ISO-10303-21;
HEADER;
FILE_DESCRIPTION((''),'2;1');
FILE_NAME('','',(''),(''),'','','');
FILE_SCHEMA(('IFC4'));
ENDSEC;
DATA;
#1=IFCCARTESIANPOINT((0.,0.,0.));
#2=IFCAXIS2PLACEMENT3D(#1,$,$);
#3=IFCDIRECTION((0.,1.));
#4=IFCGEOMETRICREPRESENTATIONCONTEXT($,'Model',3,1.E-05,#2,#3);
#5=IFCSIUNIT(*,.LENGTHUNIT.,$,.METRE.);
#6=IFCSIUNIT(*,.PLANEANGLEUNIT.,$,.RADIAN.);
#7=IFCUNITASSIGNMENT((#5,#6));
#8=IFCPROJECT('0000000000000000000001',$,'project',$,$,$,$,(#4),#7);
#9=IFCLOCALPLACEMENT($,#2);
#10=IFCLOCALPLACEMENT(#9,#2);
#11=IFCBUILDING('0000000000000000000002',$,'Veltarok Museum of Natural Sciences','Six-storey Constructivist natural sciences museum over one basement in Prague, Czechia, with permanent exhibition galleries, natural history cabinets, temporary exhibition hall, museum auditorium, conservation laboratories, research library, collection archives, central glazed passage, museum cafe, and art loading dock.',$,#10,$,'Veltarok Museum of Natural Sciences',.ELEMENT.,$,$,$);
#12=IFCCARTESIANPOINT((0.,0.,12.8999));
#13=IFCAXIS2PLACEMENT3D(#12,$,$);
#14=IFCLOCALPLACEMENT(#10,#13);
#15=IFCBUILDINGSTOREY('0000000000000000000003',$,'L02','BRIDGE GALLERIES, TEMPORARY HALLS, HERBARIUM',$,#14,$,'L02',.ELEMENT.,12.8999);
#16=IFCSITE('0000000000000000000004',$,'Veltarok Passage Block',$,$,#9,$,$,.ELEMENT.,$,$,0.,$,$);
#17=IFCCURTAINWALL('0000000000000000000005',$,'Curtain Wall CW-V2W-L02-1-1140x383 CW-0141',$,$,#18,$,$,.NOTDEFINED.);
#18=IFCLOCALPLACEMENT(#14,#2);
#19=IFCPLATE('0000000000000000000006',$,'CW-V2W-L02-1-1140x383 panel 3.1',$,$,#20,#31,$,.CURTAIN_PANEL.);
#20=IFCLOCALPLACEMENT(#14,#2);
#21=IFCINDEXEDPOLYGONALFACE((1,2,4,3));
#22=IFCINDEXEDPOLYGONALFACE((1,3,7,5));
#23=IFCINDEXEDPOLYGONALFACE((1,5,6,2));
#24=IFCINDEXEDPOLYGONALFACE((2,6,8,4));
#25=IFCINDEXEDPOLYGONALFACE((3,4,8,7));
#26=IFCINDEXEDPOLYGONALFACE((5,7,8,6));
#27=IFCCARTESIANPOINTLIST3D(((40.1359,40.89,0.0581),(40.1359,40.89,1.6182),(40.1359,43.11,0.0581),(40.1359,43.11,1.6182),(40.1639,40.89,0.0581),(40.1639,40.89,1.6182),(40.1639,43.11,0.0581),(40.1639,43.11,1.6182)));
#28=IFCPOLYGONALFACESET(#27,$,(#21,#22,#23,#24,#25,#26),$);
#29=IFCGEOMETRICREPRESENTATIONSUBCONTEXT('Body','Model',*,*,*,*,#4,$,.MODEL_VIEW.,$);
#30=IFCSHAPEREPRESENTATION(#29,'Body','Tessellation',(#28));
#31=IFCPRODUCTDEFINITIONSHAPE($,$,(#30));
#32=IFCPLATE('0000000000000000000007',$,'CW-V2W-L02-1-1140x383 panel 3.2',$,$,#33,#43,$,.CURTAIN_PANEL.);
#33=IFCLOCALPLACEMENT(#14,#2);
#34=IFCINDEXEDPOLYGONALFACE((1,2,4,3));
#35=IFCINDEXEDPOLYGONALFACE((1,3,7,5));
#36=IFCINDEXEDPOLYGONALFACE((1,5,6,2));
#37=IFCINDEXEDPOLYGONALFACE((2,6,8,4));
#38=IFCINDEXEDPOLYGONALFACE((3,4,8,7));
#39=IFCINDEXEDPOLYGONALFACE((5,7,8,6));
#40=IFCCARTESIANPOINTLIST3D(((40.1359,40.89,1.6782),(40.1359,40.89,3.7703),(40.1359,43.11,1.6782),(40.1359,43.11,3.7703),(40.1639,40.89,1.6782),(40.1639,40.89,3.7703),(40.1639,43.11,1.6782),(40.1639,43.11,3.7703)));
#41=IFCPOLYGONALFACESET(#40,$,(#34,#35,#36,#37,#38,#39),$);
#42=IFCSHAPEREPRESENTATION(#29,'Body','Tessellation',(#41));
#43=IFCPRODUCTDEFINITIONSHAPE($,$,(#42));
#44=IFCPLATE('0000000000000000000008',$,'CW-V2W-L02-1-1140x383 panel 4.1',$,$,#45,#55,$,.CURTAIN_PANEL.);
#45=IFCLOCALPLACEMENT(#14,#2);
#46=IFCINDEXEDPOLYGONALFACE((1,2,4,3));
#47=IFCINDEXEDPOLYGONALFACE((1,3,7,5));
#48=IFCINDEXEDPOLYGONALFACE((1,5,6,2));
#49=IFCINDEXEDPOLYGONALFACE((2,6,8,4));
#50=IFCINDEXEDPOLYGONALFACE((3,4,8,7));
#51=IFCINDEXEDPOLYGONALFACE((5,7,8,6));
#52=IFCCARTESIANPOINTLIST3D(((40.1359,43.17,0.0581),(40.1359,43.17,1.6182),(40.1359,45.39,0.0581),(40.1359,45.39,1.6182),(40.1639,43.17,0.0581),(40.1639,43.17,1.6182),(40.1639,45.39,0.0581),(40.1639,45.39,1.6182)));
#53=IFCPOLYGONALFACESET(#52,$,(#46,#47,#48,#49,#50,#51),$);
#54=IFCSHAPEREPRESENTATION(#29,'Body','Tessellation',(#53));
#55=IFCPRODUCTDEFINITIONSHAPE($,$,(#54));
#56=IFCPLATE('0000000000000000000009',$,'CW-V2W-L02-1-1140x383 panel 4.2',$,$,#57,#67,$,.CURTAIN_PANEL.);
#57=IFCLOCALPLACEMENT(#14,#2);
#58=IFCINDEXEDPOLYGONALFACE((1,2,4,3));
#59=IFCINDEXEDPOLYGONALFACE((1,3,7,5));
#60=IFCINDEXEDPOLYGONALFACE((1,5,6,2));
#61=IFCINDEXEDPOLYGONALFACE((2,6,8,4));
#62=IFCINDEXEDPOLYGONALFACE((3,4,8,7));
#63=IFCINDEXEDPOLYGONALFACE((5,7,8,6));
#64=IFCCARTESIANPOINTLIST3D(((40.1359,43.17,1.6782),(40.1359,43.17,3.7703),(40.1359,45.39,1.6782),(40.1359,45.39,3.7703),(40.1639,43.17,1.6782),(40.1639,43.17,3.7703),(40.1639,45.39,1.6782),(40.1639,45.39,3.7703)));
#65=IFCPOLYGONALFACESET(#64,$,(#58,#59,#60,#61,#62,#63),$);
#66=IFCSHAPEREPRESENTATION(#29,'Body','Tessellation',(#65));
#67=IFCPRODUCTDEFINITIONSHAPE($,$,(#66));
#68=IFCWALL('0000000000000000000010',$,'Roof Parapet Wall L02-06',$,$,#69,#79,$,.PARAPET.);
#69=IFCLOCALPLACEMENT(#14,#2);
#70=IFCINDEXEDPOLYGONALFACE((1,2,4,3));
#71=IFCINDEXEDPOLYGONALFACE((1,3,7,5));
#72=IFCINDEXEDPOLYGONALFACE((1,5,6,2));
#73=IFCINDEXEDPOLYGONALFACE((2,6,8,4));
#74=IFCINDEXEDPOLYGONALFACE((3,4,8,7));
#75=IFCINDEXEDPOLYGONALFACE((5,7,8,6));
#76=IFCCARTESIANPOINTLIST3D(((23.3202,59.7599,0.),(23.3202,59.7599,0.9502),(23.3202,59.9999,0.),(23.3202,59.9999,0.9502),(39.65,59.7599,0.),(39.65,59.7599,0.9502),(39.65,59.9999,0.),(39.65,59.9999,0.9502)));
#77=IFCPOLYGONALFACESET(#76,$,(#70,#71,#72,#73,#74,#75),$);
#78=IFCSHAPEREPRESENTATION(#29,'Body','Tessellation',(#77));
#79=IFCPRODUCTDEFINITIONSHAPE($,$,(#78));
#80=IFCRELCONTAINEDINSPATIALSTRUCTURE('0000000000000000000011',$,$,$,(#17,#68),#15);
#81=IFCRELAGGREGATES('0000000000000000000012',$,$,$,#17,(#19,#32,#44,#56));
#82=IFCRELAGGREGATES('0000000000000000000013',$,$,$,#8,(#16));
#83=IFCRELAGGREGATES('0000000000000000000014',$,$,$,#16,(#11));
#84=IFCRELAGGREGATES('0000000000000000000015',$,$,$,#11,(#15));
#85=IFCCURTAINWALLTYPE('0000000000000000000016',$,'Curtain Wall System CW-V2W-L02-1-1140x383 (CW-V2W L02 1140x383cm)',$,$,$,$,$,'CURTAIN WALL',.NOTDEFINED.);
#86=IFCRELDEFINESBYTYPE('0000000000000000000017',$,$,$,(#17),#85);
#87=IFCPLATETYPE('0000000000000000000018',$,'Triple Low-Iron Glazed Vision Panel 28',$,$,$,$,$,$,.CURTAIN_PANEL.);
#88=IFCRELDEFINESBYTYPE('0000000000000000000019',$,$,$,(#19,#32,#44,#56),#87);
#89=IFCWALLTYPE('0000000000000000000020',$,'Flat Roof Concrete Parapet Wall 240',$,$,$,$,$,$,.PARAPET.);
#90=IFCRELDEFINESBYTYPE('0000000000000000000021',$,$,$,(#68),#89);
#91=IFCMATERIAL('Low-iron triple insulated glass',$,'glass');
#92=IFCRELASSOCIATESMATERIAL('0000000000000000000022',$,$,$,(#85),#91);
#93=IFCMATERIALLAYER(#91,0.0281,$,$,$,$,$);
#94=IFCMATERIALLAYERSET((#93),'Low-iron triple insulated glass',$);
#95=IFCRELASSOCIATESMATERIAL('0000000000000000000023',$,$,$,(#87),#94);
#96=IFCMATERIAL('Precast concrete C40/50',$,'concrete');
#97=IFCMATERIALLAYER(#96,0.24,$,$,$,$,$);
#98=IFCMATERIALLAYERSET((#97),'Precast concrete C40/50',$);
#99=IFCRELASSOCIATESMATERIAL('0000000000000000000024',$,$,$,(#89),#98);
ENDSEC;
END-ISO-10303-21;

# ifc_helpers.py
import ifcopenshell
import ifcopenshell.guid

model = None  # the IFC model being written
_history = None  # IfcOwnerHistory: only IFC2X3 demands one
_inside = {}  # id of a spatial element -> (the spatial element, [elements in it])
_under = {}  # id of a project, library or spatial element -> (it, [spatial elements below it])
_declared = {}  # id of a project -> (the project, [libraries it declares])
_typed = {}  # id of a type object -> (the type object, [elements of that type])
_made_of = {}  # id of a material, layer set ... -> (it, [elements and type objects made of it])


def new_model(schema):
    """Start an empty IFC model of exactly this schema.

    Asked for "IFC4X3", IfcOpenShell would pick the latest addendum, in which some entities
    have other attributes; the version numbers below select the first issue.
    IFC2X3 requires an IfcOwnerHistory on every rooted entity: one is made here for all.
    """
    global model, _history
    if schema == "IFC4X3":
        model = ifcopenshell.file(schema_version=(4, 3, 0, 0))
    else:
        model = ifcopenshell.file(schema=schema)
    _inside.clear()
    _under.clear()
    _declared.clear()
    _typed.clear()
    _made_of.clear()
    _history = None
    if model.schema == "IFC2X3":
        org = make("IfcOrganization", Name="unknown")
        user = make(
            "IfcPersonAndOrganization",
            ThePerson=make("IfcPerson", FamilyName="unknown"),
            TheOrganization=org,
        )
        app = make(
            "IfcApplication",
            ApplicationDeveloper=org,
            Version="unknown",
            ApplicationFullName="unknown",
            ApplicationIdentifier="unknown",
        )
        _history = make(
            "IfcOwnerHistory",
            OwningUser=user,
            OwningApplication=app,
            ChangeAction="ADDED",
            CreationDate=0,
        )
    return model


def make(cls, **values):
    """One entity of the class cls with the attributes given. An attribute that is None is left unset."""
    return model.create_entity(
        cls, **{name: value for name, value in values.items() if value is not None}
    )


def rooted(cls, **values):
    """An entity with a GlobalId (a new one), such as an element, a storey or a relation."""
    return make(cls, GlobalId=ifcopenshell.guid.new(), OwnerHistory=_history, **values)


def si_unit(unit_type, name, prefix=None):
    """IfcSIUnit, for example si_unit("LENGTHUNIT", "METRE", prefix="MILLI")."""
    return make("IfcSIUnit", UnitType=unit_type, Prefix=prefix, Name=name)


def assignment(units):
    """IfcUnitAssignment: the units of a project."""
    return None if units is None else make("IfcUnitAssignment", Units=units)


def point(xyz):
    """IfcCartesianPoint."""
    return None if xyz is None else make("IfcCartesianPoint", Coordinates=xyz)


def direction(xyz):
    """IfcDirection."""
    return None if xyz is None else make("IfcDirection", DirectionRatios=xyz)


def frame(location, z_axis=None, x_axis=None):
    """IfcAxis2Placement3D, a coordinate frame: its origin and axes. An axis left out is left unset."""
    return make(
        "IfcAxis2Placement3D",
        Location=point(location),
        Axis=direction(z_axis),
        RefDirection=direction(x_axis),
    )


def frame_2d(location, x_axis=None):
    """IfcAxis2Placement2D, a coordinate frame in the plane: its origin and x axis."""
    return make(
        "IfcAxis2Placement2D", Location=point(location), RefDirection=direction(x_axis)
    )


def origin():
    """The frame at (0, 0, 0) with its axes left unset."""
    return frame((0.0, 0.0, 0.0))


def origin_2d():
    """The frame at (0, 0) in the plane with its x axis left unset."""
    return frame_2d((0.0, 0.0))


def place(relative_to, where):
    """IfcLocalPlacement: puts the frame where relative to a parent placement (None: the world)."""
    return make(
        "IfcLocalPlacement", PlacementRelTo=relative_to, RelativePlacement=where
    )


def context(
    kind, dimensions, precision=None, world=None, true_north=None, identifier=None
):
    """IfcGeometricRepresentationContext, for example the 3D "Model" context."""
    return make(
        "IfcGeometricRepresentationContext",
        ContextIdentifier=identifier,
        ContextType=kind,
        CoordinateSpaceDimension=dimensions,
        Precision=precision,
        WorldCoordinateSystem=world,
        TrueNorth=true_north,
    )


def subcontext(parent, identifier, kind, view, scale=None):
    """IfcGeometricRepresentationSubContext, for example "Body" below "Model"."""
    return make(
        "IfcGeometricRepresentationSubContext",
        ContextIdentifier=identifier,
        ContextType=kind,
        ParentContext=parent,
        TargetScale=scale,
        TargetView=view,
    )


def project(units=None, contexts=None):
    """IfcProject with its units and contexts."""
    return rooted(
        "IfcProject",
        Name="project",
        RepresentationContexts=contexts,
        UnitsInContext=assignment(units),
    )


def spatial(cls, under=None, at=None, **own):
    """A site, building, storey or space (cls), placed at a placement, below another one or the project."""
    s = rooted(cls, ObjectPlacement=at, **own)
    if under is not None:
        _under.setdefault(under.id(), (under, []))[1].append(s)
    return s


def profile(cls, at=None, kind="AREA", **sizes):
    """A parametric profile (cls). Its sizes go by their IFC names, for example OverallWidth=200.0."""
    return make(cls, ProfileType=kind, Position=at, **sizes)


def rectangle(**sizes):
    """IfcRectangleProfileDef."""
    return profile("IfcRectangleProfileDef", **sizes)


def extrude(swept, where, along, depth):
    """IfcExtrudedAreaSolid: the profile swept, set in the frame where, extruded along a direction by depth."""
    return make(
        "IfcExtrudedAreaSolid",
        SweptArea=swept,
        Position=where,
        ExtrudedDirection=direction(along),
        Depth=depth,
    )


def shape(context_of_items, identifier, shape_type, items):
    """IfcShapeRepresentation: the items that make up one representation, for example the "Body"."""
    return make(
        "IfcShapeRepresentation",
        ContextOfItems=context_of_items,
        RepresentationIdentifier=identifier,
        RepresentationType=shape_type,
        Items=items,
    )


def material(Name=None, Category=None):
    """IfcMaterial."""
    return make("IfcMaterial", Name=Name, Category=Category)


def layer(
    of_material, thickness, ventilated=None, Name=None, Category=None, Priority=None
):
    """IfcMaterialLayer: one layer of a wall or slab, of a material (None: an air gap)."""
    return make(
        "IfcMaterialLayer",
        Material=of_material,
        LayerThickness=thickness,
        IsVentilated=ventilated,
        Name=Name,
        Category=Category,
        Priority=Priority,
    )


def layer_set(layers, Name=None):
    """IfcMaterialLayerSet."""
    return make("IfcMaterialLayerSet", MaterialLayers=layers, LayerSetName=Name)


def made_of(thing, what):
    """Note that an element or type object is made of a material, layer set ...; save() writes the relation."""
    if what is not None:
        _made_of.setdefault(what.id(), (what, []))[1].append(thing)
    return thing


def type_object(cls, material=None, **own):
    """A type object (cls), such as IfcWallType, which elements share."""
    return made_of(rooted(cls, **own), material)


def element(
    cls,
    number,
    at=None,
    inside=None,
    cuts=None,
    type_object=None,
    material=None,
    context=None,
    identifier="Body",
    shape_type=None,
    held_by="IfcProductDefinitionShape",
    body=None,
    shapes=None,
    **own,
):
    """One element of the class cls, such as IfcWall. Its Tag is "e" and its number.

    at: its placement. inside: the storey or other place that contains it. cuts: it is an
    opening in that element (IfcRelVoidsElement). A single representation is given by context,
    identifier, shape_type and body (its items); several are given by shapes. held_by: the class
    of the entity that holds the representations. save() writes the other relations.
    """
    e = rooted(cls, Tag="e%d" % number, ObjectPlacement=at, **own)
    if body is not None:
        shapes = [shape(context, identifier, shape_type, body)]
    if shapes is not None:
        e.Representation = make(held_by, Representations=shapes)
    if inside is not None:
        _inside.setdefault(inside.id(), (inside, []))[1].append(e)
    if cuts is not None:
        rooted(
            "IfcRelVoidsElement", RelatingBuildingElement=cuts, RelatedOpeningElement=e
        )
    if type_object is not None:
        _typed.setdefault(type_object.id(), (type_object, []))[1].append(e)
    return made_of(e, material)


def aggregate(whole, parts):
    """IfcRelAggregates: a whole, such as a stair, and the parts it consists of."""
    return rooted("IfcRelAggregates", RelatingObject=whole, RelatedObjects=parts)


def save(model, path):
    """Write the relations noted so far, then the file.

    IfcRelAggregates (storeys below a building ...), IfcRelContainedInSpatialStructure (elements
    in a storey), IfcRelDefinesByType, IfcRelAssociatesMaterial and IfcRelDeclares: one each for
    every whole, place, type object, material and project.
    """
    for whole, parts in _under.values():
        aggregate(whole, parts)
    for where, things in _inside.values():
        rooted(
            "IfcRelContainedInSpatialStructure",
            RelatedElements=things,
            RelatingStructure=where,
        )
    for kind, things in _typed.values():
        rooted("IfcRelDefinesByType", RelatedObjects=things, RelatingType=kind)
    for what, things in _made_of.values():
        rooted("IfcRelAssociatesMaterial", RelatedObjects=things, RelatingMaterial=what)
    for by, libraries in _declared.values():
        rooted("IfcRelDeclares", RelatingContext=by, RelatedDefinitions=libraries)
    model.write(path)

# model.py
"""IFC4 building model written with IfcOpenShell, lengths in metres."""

from ifc_helpers import new_model, si_unit, direction, frame, frame_2d, origin, origin_2d, place, context, subcontext, project, spatial, rectangle, extrude, material, layer, layer_set, type_object, element, aggregate, save


model = new_model("IFC4")

# Units and contexts
model_context = context("Model", 3, precision=1e-05, world=origin(), true_north=direction((0.0, 1.0)))
body_context = subcontext(model_context, "Body", "Model", "MODEL_VIEW")
ifc_project = project(units=[si_unit("LENGTHUNIT", "METRE"), si_unit("PLANEANGLEUNIT", "RADIAN")], contexts=[model_context])

# Site, building, storey
site_placement = place(None, origin())
site = spatial("IfcSite", under=ifc_project, at=site_placement, Name="Veltarok Passage Block", CompositionType="ELEMENT", RefElevation=0.0)
building_placement = place(site_placement, origin())
building = spatial("IfcBuilding", under=site, at=building_placement, Name="Veltarok Museum of Natural Sciences", Description="Six-storey Constructivist natural sciences museum over one basement in Prague, Czechia, with permanent exhibition galleries, natural history cabinets, temporary exhibition hall, museum auditorium, conservation laboratories, research library, collection archives, central glazed passage, museum cafe, and art loading dock.", LongName="Veltarok Museum of Natural Sciences", CompositionType="ELEMENT")
storey_placement = place(building_placement, frame((0.0, 0.0, 12.8999)))
storey = spatial("IfcBuildingStorey", under=building, at=storey_placement, Name="L02", Description="BRIDGE GALLERIES, TEMPORARY HALLS, HERBARIUM", LongName="L02", CompositionType="ELEMENT", Elevation=12.8999)

# Curtain wall
ifc_material_1 = material(Name="Low-iron triple insulated glass", Category="glass")
curtain_wall_type = type_object("IfcCurtainWallType", Name="Curtain Wall System CW-V2W-L02-1-1140x383 (CW-V2W L02 1140x383cm)", ElementType="CURTAIN WALL", PredefinedType="NOTDEFINED", material=ifc_material_1)
curtain_wall_placement = place(storey_placement, origin())
curtain_wall = element("IfcCurtainWall", 1, at=curtain_wall_placement, inside=storey, type_object=curtain_wall_type, Name="Curtain Wall CW-V2W-L02-1-1140x383 CW-0141", PredefinedType="NOTDEFINED")

# Shared definitions
ifc_material_2 = material(Name="Precast concrete C40/50", Category="concrete")

# Plates
ifc_layer_1 = layer(ifc_material_1, 0.0281)
ifc_layer_set_1 = layer_set([ifc_layer_1], Name="Low-iron triple insulated glass")
plate_type_1 = type_object("IfcPlateType", Name="Triple Low-Iron Glazed Vision Panel 28", PredefinedType="CURTAIN_PANEL", material=ifc_layer_set_1)
plate_1_placement = place(storey_placement, frame((40.1499, 42.0, 0.0581), z_axis=(0.0, 0.0, 1.0), x_axis=(0.0, 1.0, 0.0)))
plate_1 = element("IfcPlate", 2, at=plate_1_placement, type_object=plate_type_1, Name="CW-V2W-L02-1-1140x383 panel 3.1", PredefinedType="CURTAIN_PANEL", context=body_context, shape_type="SweptSolid", body=[
    extrude(rectangle(XDim=2.22, YDim=0.0281, at=origin_2d()), origin(), (0.0, 0.0, 1.0), 1.5601),
])
plate_2_placement = place(storey_placement, frame((40.1499, 42.0, 1.6782), z_axis=(0.0, 0.0, 1.0), x_axis=(0.0, 1.0, 0.0)))
plate_2 = element("IfcPlate", 3, at=plate_2_placement, type_object=plate_type_1, Name="CW-V2W-L02-1-1140x383 panel 3.2", PredefinedType="CURTAIN_PANEL", context=body_context, shape_type="SweptSolid", body=[
    extrude(rectangle(XDim=2.22, YDim=0.0281, at=origin_2d()), origin(), (0.0, 0.0, 1.0), 2.092),
])
plate_3_placement = place(storey_placement, frame((40.1499, 44.28, 0.0581), z_axis=(0.0, 0.0, 1.0), x_axis=(0.0, 1.0, 0.0)))
plate_3 = element("IfcPlate", 4, at=plate_3_placement, type_object=plate_type_1, Name="CW-V2W-L02-1-1140x383 panel 4.1", PredefinedType="CURTAIN_PANEL", context=body_context, shape_type="SweptSolid", body=[
    extrude(rectangle(XDim=2.22, YDim=0.0281, at=origin_2d()), origin(), (0.0, 0.0, 1.0), 1.5601),
])
plate_4_placement = place(storey_placement, frame((40.1499, 44.28, 1.6782), z_axis=(0.0, 0.0, 1.0), x_axis=(0.0, 1.0, 0.0)))
plate_4 = element("IfcPlate", 5, at=plate_4_placement, type_object=plate_type_1, Name="CW-V2W-L02-1-1140x383 panel 4.2", PredefinedType="CURTAIN_PANEL", context=body_context, shape_type="SweptSolid", body=[
    extrude(rectangle(XDim=2.22, YDim=0.0281, at=origin_2d()), origin(), (0.0, 0.0, 1.0), 2.092),
])
aggregate(curtain_wall, [plate_1, plate_2, plate_3, plate_4])

# Wall
ifc_layer_2 = layer(ifc_material_2, 0.24)
ifc_layer_set_2 = layer_set([ifc_layer_2], Name="Precast concrete C40/50")
wall_type = type_object("IfcWallType", Name="Flat Roof Concrete Parapet Wall 240", PredefinedType="PARAPET", material=ifc_layer_set_2)
wall_placement = place(storey_placement, frame((23.3201, 59.8799, 0.0), z_axis=(0.0, 0.0, 1.0), x_axis=(1.0, 0.0, 0.0)))
element("IfcWall", 6, at=wall_placement, inside=storey, type_object=wall_type, Name="Roof Parapet Wall L02-06", PredefinedType="PARAPET", context=body_context, shape_type="SweptSolid", body=[
    extrude(rectangle(XDim=16.3298, YDim=0.24, at=frame_2d((8.165, 0.0))), origin(), (0.0, 0.0, 1.0), 0.9502),
])

save(model, "model.ifc")
